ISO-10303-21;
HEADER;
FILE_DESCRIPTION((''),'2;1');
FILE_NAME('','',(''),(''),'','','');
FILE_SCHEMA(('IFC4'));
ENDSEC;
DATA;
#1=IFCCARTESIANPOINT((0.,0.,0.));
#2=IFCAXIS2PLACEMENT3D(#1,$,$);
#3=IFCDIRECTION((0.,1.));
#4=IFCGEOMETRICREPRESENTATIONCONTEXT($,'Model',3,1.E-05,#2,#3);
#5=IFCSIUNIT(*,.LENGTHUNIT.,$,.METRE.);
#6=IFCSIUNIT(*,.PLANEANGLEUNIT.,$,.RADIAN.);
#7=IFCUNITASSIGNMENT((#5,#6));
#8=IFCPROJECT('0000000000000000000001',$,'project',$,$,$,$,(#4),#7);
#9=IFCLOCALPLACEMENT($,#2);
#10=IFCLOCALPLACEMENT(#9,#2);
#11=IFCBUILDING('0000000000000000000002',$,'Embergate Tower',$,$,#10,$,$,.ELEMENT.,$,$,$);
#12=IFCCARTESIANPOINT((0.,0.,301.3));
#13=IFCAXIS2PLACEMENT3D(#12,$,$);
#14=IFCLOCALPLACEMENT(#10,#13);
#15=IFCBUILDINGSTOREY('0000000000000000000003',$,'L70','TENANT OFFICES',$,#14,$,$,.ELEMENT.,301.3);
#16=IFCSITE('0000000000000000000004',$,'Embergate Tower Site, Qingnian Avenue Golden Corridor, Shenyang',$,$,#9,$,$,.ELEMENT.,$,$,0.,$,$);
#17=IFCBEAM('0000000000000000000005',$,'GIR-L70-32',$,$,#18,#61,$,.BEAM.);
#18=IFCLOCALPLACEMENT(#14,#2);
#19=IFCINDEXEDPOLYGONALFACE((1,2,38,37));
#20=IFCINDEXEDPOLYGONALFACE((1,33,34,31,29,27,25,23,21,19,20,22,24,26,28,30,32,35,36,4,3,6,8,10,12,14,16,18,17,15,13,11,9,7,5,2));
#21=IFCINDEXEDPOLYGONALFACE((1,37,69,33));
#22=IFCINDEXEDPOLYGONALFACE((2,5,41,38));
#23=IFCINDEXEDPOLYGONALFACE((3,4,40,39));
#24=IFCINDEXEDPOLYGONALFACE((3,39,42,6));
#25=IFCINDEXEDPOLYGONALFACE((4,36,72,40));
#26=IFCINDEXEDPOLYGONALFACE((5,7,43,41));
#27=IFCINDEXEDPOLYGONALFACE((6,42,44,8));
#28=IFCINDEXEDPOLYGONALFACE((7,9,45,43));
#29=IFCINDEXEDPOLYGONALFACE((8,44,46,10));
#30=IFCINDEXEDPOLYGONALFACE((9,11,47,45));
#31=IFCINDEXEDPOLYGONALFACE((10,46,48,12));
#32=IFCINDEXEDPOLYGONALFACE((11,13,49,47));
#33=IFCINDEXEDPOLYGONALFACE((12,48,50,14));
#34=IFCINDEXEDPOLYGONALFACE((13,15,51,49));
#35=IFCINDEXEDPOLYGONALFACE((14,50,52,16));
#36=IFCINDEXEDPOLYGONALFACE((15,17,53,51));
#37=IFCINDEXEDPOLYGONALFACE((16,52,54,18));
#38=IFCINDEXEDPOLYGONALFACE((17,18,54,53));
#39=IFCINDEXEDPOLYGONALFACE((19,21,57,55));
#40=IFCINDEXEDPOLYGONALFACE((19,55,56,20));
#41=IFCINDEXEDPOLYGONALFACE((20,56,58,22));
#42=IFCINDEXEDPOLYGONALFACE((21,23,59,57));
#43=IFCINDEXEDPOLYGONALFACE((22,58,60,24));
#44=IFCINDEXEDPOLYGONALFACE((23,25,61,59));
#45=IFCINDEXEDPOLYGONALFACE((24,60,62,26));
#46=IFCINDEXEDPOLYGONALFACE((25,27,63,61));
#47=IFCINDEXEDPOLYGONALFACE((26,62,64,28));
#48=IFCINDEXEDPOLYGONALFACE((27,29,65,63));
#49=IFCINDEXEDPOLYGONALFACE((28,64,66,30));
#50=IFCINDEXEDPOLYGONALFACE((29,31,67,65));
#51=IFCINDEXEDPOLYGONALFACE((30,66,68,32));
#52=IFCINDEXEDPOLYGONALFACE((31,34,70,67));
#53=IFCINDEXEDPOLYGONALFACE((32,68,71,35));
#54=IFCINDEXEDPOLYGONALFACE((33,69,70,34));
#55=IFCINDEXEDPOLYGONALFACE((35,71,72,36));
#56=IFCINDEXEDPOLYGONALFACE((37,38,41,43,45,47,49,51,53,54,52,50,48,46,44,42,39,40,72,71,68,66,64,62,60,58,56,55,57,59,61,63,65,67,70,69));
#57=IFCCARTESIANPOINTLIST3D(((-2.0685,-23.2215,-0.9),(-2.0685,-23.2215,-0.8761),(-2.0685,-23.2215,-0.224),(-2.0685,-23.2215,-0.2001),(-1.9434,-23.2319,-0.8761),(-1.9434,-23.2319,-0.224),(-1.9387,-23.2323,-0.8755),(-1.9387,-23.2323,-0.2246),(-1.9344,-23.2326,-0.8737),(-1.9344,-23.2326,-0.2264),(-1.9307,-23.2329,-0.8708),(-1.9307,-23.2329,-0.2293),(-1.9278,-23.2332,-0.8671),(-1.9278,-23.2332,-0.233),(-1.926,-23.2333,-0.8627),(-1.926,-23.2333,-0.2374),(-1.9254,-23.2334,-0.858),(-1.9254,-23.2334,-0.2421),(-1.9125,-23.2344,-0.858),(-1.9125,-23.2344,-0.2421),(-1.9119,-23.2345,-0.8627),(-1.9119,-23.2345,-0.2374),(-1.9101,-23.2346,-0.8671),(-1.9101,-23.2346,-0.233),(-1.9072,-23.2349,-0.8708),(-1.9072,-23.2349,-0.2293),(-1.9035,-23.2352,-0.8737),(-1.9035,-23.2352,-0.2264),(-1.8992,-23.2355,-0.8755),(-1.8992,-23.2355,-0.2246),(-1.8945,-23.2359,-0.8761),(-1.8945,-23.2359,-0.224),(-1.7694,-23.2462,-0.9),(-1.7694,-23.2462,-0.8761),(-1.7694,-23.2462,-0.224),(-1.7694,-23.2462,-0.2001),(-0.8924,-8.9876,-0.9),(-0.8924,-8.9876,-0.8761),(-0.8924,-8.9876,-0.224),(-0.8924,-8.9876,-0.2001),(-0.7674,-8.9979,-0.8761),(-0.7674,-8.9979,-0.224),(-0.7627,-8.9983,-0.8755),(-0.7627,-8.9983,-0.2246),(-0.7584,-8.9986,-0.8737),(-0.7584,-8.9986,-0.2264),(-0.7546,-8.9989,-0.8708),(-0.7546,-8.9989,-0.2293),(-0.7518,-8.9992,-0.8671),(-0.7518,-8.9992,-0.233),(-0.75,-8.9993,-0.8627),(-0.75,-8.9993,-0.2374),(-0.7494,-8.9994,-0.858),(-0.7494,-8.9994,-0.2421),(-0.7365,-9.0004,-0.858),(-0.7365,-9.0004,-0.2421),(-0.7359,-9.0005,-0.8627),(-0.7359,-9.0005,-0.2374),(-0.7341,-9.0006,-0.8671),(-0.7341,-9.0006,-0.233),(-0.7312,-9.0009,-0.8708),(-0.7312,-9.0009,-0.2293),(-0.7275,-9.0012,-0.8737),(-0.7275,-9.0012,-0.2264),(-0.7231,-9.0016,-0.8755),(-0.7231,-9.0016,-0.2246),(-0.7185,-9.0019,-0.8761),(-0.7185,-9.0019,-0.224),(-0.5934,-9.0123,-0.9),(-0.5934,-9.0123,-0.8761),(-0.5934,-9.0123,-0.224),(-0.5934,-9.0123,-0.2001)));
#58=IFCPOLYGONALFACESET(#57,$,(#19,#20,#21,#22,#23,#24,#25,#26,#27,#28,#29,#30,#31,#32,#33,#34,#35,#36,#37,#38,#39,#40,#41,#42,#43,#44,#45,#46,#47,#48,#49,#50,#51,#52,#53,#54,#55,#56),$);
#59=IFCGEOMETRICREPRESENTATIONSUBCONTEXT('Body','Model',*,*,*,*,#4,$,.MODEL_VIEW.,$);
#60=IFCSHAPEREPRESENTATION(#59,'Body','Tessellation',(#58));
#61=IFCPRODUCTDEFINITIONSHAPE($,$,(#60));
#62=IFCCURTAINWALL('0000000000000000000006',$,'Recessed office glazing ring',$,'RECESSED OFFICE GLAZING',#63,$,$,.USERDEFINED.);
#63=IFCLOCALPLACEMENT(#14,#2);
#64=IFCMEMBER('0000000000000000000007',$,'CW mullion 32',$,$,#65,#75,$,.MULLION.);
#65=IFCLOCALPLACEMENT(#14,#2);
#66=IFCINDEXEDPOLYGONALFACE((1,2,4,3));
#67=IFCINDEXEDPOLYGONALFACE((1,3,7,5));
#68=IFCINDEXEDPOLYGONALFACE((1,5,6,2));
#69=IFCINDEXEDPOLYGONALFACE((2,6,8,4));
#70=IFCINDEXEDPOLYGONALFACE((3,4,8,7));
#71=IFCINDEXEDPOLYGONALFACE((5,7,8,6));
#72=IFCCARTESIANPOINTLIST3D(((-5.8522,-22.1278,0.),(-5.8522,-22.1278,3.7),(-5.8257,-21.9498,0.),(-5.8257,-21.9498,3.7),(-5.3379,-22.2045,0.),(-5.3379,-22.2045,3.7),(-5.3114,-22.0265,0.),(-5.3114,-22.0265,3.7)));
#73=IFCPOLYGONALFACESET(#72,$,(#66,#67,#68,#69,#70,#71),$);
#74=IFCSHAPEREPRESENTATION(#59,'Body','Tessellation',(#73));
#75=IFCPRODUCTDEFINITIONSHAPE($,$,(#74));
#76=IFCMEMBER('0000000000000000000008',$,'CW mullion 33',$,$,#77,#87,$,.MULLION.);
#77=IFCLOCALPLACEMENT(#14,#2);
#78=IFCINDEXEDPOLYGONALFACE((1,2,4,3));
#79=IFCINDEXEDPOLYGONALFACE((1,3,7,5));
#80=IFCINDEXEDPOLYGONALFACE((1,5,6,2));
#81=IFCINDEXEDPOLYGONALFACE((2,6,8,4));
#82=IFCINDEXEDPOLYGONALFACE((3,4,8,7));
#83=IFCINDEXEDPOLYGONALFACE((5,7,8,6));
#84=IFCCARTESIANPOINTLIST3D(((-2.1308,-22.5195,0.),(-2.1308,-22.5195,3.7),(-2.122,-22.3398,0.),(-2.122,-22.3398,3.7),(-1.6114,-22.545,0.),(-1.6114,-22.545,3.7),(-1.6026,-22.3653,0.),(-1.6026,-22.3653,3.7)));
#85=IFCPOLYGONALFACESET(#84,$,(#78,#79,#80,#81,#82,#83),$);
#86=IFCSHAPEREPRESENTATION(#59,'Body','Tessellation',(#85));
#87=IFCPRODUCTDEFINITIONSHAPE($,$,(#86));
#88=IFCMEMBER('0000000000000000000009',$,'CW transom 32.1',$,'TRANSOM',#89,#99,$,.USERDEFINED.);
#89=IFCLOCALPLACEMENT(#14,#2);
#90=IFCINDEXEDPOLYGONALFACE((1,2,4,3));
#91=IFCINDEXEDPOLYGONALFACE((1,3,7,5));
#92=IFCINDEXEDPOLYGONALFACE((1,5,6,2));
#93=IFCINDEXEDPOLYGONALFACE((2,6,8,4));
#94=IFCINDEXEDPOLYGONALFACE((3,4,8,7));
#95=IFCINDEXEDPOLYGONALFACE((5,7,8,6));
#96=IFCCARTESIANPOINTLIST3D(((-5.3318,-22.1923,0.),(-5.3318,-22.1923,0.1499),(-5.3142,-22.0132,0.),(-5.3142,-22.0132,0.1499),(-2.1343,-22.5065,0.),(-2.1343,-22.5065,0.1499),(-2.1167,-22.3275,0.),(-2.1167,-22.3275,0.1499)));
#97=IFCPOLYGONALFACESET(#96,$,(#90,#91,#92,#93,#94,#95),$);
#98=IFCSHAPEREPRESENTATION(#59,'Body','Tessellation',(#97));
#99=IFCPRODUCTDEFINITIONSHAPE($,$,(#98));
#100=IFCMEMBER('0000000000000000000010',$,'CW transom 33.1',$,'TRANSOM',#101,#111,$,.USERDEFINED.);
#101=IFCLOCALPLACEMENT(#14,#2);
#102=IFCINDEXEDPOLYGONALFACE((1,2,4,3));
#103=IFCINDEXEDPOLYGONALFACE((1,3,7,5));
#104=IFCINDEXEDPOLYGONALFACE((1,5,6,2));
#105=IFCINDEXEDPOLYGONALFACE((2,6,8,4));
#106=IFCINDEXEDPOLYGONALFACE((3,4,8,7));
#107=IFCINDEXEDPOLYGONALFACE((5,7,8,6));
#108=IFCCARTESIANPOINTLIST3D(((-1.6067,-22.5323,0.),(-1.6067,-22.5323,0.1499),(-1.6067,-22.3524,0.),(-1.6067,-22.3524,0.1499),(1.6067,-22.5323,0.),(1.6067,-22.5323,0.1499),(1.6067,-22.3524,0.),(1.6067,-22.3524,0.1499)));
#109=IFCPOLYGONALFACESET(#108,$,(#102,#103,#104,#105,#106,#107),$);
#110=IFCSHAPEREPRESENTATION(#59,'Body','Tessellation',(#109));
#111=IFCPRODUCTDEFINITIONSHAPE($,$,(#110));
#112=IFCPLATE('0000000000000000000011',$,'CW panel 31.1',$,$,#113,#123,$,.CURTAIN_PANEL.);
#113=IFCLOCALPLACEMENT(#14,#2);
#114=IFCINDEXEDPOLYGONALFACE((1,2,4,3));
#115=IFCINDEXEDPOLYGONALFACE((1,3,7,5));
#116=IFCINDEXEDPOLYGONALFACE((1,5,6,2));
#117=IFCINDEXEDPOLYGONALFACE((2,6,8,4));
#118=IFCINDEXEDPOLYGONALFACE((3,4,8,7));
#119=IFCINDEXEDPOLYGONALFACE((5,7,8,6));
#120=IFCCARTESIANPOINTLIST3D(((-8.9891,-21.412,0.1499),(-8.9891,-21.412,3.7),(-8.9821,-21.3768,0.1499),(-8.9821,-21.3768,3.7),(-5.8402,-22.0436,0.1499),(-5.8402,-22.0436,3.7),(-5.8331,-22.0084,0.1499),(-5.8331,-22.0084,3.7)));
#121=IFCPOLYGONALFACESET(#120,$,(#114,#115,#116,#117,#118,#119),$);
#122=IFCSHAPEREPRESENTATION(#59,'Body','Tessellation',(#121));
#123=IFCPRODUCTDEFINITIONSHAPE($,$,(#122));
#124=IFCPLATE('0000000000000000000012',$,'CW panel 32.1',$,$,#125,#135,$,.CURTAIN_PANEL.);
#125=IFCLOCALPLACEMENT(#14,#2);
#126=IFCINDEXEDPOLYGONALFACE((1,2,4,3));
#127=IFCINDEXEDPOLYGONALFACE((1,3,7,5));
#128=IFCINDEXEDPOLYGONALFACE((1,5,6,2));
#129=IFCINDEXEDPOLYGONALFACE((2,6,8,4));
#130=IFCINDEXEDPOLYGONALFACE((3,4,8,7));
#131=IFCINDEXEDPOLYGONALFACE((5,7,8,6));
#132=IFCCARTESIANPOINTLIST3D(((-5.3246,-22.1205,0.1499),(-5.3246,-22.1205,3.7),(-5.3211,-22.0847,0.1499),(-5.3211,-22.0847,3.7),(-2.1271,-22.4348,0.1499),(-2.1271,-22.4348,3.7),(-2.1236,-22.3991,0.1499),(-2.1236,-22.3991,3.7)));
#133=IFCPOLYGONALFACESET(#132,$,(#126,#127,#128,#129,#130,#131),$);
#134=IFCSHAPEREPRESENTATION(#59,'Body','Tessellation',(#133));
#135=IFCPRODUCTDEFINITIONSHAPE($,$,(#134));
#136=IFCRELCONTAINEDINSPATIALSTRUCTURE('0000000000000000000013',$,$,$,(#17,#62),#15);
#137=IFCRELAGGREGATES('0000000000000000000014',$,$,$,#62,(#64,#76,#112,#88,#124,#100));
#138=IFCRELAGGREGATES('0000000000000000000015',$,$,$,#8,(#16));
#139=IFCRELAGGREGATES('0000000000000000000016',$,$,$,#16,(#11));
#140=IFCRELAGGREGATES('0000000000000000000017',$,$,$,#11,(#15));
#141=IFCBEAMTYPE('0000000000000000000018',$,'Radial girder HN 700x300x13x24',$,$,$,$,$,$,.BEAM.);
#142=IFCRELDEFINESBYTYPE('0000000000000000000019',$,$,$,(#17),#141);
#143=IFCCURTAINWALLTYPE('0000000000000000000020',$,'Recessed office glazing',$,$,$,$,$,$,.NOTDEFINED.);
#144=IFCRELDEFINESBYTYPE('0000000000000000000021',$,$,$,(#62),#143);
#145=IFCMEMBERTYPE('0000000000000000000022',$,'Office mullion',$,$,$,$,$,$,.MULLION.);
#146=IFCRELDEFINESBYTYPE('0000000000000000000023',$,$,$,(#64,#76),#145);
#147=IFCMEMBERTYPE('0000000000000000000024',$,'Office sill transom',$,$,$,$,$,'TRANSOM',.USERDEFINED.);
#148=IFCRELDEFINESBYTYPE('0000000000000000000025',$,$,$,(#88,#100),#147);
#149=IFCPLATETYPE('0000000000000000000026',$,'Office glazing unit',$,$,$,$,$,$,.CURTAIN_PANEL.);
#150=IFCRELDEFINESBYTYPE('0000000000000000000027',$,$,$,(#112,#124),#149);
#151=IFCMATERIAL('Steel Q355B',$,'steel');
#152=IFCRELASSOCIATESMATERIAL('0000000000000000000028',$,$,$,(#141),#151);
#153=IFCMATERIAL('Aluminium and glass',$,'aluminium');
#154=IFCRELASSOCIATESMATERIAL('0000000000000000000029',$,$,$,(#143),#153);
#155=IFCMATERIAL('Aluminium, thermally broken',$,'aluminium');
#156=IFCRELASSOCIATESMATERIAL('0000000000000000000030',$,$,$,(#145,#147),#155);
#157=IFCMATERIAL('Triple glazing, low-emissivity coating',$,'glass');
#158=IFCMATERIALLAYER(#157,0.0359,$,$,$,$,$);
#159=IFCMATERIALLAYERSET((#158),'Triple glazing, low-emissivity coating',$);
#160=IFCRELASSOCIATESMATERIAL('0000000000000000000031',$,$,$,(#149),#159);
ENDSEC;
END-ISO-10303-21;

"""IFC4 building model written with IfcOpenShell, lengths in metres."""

from ifc_helpers import new_model, si_unit, direction, frame, origin, origin_2d, place, context, subcontext, project, spatial, rectangle, i_section, extrude, source, transform, mapped, material, layer, layer_set, material_profile, profile_set, type_object, element, aggregate, save


model = new_model("IFC4")

# Units and contexts
model_context = context("Model", 3, precision=1e-05, world=origin(), true_north=direction((0.0, 1.0)))
body_context = subcontext(model_context, "Body", "Model", "MODEL_VIEW")
ifc_project = project(units=[si_unit("LENGTHUNIT", "METRE"), si_unit("PLANEANGLEUNIT", "RADIAN")], contexts=[model_context])

# Site, building, storey
site_placement = place(None, origin())
site = spatial("IfcSite", under=ifc_project, at=site_placement, Name="Embergate Tower Site, Qingnian Avenue Golden Corridor, Shenyang", CompositionType="ELEMENT", RefElevation=0.0)
building_placement = place(site_placement, origin())
building = spatial("IfcBuilding", under=site, at=building_placement, Name="Embergate Tower", CompositionType="ELEMENT")
storey_placement = place(building_placement, frame((0.0, 0.0, 301.3)))
storey = spatial("IfcBuildingStorey", under=building, at=storey_placement, Name="L70", Description="TENANT OFFICES", CompositionType="ELEMENT", Elevation=301.3)

# Beam
ifc_material_1 = material(Name="Steel Q355B", Category="steel")
ifc_material_profile_1 = material_profile(ifc_material_1, i_section(OverallWidth=0.3, OverallDepth=0.7, WebThickness=0.0129, FlangeThickness=0.0239, FilletRadius=0.0181, at=origin_2d()), Name="HN 700x300x13x24")
ifc_profile_set_1 = profile_set([ifc_material_profile_1], Name="Steel Q355 grade B")
beam_type_1 = type_object("IfcBeamType", Name="Radial girder HN 700x300x13x24", PredefinedType="BEAM", material=ifc_profile_set_1)
shared_shape_1 = source(origin(), body_context, "Body", "SweptSolid", [
    extrude(i_section(OverallWidth=0.3, OverallDepth=0.7, WebThickness=0.0129, FlangeThickness=0.0239, FilletRadius=0.0181, at=origin_2d()), origin(), (0.0, 0.0, 1.0), 14.2825),
])
beam_1_placement = place(storey_placement, frame((-1.9189, -23.2339, -0.55), z_axis=(0.082341, 0.996604, 0.0), x_axis=(-0.996604, 0.082341, 0.0)))
element("IfcBeam", 1, at=beam_1_placement, inside=storey, type_object=beam_type_1, Name="GIR-L70-32", PredefinedType="BEAM", context=body_context, shape_type="MappedRepresentation", body=[
    mapped(shared_shape_1, transform((0.0, 0.0, 0.0))),
])

# Curtain wall, members, plates
ifc_material_2 = material(Name="Aluminium and glass", Category="aluminium")
curtain_wall_type = type_object("IfcCurtainWallType", Name="Recessed office glazing", PredefinedType="NOTDEFINED", material=ifc_material_2)
curtain_wall_placement = place(storey_placement, origin())
curtain_wall = element("IfcCurtainWall", 2, at=curtain_wall_placement, inside=storey, type_object=curtain_wall_type, Name="Recessed office glazing ring", ObjectType="RECESSED OFFICE GLAZING", PredefinedType="USERDEFINED")
ifc_material_3 = material(Name="Aluminium, thermally broken", Category="aluminium")
ifc_material_profile_2 = material_profile(ifc_material_3, rectangle(XDim=0.1799, YDim=0.52, at=origin_2d()), Name="AL 520x180")
ifc_profile_set_2 = profile_set([ifc_material_profile_2], Name="Aluminium, thermally broken")
member_type_1 = type_object("IfcMemberType", Name="Office mullion", PredefinedType="MULLION", material=ifc_profile_set_2)
shared_shape_2 = source(origin(), body_context, "Body", "SweptSolid", [
    extrude(rectangle(XDim=0.1799, YDim=0.52, at=origin_2d()), origin(), (0.0, 0.0, 1.0), 3.7),
])
member_1_placement = place(storey_placement, frame((-5.5818, -22.0771, 0.0), z_axis=(0.0, 0.0, 1.0), x_axis=(0.147412, 0.989075, 0.0)))
member_1 = element("IfcMember", 3, at=member_1_placement, type_object=member_type_1, Name="CW mullion 32", PredefinedType="MULLION", context=body_context, shape_type="MappedRepresentation", body=[
    mapped(shared_shape_2, transform((0.0, 0.0, 0.0))),
])
member_2_placement = place(storey_placement, frame((-1.8667, -22.4424, 0.0), z_axis=(0.0, 0.0, 1.0), x_axis=(0.048972, 0.9988, 0.0)))
member_2 = element("IfcMember", 4, at=member_2_placement, type_object=member_type_1, Name="CW mullion 33", PredefinedType="MULLION", context=body_context, shape_type="MappedRepresentation", body=[
    mapped(shared_shape_2, transform((0.0, 0.0, 0.0))),
])
ifc_material_profile_3 = material_profile(ifc_material_3, rectangle(XDim=0.1799, YDim=0.1499, at=origin_2d()), Name="AL 150x180")
ifc_profile_set_3 = profile_set([ifc_material_profile_3], Name="Aluminium, thermally broken")
member_type_2 = type_object("IfcMemberType", Name="Office sill transom", ElementType="TRANSOM", PredefinedType="USERDEFINED", material=ifc_profile_set_3)
shared_shape_3 = source(origin(), body_context, "Body", "SweptSolid", [
    extrude(rectangle(XDim=0.1799, YDim=0.1499, at=origin_2d()), origin(), (0.0, 0.0, 1.0), 3.2129),
])
member_3_placement = place(storey_placement, frame((-5.323, -22.1028, 0.075), z_axis=(0.995207, -0.097796, 0.0), x_axis=(0.097796, 0.995207, 0.0)))
member_3 = element("IfcMember", 5, at=member_3_placement, type_object=member_type_2, Name="CW transom 32.1", ObjectType="TRANSOM", PredefinedType="USERDEFINED", context=body_context, shape_type="MappedRepresentation", body=[
    mapped(shared_shape_3, transform((0.0, 0.0, 0.0))),
])
shared_shape_4 = source(origin(), body_context, "Body", "SweptSolid", [
    extrude(rectangle(XDim=0.1799, YDim=0.1499, at=origin_2d()), origin(), (0.0, 0.0, 1.0), 3.2134),
])
member_4_placement = place(storey_placement, frame((-1.6067, -22.4424, 0.075), z_axis=(1.0, 0.0, 0.0), x_axis=(0.0, 1.0, 0.0)))
member_4 = element("IfcMember", 6, at=member_4_placement, type_object=member_type_2, Name="CW transom 33.1", ObjectType="TRANSOM", PredefinedType="USERDEFINED", context=body_context, shape_type="MappedRepresentation", body=[
    mapped(shared_shape_4, transform((0.0, 0.0, 0.0))),
])
ifc_material_4 = material(Name="Triple glazing, low-emissivity coating", Category="glass")
ifc_layer = layer(ifc_material_4, 0.0359)
ifc_layer_set = layer_set([ifc_layer], Name="Triple glazing, low-emissivity coating")
plate_type = type_object("IfcPlateType", Name="Office glazing unit", PredefinedType="CURTAIN_PANEL", material=ifc_layer_set)
shared_shape_5 = source(origin(), body_context, "Body", "SweptSolid", [
    extrude(rectangle(XDim=3.2117, YDim=0.0359, at=origin_2d()), origin(), (0.0, 0.0, 1.0), 3.55),
])
plate_1_placement = place(storey_placement, frame((-7.4111, -21.7102, 0.1499), z_axis=(0.0, 0.0, 1.0), x_axis=(0.980475, -0.196643, 0.0)))
plate_1 = element("IfcPlate", 7, at=plate_1_placement, type_object=plate_type, Name="CW panel 31.1", PredefinedType="CURTAIN_PANEL", context=body_context, shape_type="MappedRepresentation", body=[
    mapped(shared_shape_5, transform((0.0, 0.0, 0.0))),
])
shared_shape_6 = source(origin(), body_context, "Body", "SweptSolid", [
    extrude(rectangle(XDim=3.2129, YDim=0.0359, at=origin_2d()), origin(), (0.0, 0.0, 1.0), 3.55),
])
plate_2_placement = place(storey_placement, frame((-3.7241, -22.2598, 0.1499), z_axis=(0.0, 0.0, 1.0), x_axis=(0.995203, -0.097831, 0.0)))
plate_2 = element("IfcPlate", 8, at=plate_2_placement, type_object=plate_type, Name="CW panel 32.1", PredefinedType="CURTAIN_PANEL", context=body_context, shape_type="MappedRepresentation", body=[
    mapped(shared_shape_6, transform((0.0, 0.0, 0.0))),
])
aggregate(curtain_wall, [member_1, member_2, plate_1, member_3, plate_2, member_4])

save(model, "model.ifc")
